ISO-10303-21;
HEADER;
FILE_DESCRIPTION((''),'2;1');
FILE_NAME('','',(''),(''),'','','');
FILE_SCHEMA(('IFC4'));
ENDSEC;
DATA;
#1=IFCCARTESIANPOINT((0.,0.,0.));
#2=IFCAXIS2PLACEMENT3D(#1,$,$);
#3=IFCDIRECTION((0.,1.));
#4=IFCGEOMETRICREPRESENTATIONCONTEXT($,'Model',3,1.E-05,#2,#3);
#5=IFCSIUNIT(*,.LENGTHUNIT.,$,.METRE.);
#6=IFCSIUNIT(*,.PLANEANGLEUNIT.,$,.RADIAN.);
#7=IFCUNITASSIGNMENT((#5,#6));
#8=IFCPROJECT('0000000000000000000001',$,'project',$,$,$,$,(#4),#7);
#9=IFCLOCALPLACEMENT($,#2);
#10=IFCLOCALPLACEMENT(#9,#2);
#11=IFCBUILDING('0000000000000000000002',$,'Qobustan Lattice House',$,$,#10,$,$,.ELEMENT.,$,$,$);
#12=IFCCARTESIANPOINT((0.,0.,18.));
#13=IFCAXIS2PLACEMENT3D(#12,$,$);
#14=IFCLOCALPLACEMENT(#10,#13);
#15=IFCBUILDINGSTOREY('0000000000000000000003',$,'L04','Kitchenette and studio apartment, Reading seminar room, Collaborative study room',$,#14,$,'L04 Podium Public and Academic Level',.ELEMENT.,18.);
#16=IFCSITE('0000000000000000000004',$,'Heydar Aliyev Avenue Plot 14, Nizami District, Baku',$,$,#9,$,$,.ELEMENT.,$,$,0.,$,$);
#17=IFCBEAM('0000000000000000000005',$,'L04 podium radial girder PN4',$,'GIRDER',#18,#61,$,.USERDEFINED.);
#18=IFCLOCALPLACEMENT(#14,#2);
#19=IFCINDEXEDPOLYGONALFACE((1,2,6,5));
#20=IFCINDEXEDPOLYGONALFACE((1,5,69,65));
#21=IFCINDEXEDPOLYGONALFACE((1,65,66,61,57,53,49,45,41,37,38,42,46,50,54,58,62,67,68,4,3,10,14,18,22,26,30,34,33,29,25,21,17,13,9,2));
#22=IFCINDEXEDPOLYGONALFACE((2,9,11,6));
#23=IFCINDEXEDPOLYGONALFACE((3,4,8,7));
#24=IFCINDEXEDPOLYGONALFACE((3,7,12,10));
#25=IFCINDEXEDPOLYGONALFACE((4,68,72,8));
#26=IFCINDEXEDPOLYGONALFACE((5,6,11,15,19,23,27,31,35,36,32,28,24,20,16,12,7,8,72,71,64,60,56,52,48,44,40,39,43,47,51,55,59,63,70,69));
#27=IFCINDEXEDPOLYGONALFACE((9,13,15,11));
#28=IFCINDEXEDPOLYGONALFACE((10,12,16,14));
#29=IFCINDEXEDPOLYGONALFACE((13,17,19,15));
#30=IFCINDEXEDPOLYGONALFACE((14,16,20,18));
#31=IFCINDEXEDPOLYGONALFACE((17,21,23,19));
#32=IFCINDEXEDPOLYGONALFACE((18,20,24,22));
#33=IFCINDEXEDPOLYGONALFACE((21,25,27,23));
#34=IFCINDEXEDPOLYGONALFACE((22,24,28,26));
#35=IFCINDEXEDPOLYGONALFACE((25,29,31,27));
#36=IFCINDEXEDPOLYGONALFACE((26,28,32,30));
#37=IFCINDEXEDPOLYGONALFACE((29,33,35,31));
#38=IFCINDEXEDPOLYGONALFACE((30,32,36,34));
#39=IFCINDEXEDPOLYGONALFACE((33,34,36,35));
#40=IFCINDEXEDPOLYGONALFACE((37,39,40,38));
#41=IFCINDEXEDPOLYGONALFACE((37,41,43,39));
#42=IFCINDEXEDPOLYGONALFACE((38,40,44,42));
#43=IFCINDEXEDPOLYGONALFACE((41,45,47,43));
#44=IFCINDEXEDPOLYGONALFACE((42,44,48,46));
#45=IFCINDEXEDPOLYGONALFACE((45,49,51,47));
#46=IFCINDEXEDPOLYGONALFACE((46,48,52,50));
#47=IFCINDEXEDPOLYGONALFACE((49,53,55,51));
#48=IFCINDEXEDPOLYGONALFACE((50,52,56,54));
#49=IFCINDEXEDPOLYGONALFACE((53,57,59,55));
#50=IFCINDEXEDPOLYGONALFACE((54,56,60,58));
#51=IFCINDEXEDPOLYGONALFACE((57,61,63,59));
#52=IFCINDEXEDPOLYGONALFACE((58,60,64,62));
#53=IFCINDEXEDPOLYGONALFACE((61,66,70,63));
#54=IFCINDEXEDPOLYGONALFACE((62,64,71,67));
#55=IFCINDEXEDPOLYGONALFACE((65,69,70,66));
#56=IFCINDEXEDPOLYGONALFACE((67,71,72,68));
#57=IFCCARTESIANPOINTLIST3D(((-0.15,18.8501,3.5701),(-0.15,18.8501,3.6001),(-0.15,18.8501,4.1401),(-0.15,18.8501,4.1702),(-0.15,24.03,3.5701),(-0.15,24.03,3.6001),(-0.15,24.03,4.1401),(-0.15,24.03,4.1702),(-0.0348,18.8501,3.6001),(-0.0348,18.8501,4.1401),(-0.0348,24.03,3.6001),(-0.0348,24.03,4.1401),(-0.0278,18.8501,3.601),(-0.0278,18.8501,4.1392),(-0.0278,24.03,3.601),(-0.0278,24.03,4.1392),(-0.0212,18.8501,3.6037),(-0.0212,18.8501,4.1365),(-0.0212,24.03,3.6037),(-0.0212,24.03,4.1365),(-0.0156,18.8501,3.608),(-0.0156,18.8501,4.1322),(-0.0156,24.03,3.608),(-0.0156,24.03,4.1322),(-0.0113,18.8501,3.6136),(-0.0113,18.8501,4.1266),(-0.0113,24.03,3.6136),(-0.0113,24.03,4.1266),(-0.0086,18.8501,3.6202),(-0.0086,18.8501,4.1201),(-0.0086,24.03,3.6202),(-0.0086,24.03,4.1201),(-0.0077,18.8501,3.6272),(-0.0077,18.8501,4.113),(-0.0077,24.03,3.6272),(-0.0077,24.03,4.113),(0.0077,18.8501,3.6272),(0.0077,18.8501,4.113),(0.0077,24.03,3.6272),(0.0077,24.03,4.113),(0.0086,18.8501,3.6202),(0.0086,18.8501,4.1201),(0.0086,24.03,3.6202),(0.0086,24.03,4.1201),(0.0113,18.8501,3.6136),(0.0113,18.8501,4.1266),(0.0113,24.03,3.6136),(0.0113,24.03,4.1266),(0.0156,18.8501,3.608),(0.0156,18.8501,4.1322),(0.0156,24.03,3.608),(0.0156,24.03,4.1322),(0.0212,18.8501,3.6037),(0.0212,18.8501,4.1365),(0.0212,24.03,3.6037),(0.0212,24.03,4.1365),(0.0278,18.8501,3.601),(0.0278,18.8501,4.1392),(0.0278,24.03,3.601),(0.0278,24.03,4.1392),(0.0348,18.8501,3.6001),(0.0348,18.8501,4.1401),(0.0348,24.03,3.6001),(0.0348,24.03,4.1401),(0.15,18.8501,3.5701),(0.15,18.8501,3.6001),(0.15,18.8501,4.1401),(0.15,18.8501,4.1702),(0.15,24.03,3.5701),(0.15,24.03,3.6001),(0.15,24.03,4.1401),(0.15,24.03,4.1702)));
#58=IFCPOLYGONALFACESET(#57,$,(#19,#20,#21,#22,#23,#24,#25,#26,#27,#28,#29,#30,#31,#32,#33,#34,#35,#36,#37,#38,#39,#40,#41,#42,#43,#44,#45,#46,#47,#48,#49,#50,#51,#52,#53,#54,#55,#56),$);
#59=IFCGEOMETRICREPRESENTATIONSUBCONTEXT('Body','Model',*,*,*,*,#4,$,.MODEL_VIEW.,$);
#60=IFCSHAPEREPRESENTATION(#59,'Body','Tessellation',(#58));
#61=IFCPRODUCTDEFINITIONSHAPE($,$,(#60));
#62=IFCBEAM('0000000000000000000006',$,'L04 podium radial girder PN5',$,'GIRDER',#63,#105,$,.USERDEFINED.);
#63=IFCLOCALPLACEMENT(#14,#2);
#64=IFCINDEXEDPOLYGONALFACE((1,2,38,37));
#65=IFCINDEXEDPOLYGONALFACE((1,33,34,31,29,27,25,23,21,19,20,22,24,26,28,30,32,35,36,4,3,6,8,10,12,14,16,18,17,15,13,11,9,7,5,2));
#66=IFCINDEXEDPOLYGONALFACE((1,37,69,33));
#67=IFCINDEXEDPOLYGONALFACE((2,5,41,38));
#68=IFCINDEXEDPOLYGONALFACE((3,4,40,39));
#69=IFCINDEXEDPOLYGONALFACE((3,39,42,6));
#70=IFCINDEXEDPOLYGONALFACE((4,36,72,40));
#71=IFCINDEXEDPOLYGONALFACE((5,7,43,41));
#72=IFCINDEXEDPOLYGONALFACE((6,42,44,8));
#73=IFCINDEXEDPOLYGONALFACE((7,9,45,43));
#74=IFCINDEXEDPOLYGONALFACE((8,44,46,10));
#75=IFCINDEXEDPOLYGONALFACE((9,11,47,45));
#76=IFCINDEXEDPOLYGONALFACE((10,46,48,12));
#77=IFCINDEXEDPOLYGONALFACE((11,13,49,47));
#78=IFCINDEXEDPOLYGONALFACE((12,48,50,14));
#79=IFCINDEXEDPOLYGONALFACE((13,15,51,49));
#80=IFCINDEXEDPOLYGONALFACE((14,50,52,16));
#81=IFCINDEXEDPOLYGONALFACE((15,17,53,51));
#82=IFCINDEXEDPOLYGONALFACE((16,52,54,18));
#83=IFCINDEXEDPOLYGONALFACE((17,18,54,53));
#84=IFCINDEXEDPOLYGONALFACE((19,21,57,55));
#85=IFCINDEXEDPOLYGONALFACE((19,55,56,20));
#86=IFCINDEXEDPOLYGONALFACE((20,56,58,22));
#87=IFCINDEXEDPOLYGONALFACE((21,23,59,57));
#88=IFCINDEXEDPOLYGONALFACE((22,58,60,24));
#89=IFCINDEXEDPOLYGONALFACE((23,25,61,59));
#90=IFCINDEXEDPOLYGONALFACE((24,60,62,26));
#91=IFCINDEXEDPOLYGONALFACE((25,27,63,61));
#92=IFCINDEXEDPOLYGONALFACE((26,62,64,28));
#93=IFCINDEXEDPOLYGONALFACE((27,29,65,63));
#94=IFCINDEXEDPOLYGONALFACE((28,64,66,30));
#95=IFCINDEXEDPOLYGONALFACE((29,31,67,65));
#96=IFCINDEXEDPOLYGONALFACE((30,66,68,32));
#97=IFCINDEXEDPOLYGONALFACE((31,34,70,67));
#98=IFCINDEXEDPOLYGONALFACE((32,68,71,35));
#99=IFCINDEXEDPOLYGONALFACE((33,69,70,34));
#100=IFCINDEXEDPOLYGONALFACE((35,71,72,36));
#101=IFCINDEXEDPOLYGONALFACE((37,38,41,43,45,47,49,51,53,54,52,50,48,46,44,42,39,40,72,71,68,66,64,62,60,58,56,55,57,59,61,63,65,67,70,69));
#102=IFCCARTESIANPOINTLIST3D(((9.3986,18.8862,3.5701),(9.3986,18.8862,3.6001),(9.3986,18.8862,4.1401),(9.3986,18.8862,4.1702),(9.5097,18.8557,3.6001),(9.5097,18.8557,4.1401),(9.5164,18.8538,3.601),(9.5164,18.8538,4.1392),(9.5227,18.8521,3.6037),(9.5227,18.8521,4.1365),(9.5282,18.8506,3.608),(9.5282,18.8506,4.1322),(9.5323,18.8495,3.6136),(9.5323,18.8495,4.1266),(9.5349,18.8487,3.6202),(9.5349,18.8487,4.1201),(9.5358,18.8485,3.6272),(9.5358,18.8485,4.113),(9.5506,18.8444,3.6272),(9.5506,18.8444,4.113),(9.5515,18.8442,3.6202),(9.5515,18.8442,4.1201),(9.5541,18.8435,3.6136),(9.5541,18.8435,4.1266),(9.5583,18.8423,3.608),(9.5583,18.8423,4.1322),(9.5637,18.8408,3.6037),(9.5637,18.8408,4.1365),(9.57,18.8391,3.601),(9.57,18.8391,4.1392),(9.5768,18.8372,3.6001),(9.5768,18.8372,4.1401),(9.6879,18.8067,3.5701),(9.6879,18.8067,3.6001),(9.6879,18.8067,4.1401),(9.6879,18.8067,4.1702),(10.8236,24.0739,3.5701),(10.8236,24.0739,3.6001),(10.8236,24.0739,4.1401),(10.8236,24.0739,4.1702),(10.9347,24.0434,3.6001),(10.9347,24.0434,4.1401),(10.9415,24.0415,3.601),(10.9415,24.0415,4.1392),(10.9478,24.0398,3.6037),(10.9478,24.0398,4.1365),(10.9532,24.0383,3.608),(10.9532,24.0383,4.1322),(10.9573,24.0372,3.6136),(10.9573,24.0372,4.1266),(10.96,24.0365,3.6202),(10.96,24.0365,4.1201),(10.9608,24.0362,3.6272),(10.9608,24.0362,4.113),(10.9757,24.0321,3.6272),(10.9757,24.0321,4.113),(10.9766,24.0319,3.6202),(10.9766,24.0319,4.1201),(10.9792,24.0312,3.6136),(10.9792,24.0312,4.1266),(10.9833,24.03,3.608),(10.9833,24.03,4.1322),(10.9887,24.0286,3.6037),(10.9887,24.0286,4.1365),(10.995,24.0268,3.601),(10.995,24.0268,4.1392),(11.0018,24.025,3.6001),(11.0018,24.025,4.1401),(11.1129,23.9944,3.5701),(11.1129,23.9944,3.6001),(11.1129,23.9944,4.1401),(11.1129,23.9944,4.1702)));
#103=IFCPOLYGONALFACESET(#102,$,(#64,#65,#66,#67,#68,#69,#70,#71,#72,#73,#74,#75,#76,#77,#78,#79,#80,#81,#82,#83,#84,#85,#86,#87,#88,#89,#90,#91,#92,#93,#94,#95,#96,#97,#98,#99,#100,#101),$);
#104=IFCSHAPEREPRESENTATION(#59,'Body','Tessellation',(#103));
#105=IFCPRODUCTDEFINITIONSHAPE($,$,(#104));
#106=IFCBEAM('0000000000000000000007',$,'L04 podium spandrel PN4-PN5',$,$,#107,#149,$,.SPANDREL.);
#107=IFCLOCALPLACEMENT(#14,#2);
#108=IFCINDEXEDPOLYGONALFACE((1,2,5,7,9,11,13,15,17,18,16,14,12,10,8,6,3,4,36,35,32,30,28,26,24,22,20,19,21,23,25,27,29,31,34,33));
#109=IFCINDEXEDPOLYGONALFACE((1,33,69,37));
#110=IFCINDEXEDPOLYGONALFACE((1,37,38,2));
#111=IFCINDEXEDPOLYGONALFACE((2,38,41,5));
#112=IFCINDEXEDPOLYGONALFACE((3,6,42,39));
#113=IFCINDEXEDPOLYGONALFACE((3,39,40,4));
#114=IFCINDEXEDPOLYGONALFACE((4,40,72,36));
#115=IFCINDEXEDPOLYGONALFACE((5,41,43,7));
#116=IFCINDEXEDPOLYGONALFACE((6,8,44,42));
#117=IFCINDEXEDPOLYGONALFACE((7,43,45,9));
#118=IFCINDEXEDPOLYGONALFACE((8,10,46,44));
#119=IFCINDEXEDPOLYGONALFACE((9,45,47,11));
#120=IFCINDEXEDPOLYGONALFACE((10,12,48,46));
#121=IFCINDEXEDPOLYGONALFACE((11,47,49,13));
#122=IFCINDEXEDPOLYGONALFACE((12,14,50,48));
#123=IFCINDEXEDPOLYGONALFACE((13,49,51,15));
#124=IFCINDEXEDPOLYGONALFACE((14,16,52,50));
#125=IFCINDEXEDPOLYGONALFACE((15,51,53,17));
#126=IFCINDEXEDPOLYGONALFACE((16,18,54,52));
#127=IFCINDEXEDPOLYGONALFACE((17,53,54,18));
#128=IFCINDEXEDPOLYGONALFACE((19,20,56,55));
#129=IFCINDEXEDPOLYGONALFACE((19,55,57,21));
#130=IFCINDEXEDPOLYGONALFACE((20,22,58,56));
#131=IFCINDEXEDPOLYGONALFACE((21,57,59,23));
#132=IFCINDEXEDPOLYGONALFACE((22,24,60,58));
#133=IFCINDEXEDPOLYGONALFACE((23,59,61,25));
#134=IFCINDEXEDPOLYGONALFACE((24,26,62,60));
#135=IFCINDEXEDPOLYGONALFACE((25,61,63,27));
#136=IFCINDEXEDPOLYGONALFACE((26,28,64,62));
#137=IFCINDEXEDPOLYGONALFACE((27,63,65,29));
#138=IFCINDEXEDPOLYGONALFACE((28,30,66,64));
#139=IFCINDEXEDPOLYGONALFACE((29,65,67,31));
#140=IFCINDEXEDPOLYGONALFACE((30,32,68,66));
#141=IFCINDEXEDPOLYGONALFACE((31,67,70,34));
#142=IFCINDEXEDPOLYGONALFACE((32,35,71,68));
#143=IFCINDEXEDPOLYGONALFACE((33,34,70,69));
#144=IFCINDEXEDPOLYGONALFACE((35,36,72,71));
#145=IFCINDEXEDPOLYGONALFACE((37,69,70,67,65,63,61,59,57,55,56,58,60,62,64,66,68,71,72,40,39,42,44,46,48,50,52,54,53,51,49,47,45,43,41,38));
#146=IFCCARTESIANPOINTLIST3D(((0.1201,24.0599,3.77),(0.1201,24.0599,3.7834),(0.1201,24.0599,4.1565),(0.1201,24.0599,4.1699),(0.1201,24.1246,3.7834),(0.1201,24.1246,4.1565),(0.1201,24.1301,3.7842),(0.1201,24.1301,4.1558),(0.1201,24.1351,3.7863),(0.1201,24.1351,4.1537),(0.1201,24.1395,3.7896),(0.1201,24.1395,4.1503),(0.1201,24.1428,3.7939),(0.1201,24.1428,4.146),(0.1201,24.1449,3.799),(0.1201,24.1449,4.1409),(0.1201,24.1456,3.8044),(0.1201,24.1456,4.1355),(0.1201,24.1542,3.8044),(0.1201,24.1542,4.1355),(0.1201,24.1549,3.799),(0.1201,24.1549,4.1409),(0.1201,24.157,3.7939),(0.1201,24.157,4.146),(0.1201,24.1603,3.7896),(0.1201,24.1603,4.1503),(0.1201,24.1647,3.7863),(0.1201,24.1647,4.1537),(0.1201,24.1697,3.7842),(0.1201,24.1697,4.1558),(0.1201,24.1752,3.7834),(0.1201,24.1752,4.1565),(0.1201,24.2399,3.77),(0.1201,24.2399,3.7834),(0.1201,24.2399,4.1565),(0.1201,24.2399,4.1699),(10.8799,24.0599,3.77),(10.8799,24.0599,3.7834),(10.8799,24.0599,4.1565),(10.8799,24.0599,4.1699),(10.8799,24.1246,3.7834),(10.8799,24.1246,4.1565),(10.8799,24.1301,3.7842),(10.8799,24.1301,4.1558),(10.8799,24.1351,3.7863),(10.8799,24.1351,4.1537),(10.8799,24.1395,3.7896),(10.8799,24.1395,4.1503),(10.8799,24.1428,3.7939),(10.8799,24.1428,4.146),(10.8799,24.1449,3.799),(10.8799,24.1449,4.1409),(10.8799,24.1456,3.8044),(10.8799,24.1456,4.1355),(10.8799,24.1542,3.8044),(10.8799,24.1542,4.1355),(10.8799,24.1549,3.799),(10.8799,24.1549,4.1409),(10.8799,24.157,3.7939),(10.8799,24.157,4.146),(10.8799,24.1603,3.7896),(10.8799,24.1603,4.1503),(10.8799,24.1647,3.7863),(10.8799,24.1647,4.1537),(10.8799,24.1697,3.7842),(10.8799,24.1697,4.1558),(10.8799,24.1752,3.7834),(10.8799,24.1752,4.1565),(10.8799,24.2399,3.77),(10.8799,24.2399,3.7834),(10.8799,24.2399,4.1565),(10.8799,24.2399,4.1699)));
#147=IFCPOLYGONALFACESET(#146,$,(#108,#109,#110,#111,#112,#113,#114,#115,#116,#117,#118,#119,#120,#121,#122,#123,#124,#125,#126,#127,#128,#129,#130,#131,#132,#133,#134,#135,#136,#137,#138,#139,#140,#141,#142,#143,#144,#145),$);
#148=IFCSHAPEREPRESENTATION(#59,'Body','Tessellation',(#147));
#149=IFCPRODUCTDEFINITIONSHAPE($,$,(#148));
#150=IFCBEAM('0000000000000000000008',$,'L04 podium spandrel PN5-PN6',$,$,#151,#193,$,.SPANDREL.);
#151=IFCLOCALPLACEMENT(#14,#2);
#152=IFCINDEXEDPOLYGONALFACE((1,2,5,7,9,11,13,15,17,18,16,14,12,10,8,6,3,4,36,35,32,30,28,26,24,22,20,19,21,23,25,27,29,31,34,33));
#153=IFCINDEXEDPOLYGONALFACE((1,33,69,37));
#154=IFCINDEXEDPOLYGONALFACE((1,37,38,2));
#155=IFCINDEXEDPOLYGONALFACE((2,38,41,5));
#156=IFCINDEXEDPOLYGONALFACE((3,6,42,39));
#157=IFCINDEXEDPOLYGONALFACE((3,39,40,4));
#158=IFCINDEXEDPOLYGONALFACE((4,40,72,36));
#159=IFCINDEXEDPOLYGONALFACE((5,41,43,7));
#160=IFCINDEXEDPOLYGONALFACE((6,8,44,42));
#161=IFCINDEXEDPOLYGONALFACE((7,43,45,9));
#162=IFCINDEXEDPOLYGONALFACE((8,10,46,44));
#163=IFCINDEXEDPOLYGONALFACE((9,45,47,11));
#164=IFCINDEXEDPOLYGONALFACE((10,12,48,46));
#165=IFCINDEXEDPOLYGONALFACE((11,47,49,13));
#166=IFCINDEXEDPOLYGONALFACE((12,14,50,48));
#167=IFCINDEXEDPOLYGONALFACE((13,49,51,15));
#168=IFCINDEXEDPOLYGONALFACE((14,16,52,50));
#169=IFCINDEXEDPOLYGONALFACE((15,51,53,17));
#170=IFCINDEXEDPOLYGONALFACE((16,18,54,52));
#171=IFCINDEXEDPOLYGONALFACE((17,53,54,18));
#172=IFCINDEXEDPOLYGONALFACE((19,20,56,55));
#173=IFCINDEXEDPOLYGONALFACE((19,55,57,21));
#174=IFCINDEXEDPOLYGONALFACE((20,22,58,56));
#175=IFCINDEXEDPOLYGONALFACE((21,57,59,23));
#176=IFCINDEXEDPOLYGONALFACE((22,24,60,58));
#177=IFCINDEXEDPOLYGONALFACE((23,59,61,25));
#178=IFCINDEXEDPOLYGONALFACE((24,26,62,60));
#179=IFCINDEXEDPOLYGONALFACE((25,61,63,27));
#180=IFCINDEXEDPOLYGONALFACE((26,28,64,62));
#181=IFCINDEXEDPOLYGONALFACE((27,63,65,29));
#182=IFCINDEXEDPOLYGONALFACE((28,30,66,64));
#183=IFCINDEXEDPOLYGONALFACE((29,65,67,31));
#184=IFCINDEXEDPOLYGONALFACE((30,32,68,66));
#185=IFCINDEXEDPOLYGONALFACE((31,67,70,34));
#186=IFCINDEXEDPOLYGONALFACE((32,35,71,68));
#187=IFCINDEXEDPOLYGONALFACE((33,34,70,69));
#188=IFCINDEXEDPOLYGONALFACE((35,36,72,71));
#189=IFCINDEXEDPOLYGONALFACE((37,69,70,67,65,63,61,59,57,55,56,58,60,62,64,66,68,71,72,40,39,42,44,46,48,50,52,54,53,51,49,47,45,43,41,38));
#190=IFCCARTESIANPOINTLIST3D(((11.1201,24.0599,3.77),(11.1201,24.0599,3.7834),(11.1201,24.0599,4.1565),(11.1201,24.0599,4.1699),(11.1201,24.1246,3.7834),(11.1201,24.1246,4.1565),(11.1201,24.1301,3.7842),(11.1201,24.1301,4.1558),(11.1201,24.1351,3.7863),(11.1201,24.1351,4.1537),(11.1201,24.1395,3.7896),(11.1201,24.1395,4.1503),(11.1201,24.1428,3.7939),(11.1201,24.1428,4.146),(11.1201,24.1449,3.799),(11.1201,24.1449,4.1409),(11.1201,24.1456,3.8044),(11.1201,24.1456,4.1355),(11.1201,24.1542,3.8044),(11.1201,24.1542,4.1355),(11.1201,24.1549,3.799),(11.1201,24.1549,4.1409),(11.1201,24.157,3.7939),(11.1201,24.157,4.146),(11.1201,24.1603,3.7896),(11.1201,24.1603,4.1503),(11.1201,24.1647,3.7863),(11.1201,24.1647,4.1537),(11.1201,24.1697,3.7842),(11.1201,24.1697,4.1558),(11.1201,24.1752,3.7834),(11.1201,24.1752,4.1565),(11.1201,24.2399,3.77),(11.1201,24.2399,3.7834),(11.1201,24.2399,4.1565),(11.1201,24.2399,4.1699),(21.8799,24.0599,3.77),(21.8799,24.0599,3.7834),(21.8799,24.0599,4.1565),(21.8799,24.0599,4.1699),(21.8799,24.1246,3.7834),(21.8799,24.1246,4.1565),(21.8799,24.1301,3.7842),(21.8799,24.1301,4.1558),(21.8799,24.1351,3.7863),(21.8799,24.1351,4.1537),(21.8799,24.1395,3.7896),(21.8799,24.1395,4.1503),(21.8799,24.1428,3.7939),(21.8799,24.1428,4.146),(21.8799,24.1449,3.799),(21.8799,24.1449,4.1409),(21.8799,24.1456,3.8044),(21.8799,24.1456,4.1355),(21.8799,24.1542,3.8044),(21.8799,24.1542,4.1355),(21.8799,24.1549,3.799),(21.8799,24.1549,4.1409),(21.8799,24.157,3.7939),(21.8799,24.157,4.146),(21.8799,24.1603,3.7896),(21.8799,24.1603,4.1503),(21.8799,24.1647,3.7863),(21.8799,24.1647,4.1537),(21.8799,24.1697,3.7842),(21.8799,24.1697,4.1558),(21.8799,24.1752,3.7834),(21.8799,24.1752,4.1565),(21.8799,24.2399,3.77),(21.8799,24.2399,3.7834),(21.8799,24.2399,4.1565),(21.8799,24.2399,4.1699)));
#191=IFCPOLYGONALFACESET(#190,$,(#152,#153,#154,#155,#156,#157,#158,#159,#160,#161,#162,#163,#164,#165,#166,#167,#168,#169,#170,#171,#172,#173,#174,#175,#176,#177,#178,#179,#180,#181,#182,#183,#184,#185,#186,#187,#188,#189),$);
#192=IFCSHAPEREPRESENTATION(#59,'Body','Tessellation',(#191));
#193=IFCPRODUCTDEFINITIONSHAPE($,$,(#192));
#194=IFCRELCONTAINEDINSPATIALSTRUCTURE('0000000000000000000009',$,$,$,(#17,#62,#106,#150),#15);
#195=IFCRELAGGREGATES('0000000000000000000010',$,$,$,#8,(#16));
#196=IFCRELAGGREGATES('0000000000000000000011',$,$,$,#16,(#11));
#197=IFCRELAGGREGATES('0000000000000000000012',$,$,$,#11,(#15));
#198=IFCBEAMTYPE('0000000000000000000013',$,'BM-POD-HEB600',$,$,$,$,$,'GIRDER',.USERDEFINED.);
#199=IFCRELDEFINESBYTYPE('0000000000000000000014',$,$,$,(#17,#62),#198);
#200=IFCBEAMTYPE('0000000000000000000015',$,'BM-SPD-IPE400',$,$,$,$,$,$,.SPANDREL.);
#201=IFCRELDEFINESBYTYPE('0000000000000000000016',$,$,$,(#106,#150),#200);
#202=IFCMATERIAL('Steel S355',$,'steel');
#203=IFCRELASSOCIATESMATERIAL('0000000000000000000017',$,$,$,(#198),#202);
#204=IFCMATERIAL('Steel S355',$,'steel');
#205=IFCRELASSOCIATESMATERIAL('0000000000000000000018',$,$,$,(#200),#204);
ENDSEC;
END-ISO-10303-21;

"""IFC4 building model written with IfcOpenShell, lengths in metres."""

from ifc_helpers import new_model, si_unit, direction, frame, origin, origin_2d, place, context, subcontext, project, spatial, i_section, extrude, material, material_profile, profile_set, type_object, element, save


model = new_model("IFC4")

# Units and contexts
model_context = context("Model", 3, precision=1e-05, world=origin(), true_north=direction((0.0, 1.0)))
body_context = subcontext(model_context, "Body", "Model", "MODEL_VIEW")
ifc_project = project(units=[si_unit("LENGTHUNIT", "METRE"), si_unit("PLANEANGLEUNIT", "RADIAN")], contexts=[model_context])

# Site, building, storey
site_placement = place(None, origin())
site = spatial("IfcSite", under=ifc_project, at=site_placement, Name="Heydar Aliyev Avenue Plot 14, Nizami District, Baku", CompositionType="ELEMENT", RefElevation=0.0)
building_placement = place(site_placement, origin())
building = spatial("IfcBuilding", under=site, at=building_placement, Name="Qobustan Lattice House", CompositionType="ELEMENT")
storey_placement = place(building_placement, frame((0.0, 0.0, 18.0)))
storey = spatial("IfcBuildingStorey", under=building, at=storey_placement, Name="L04", Description="Kitchenette and studio apartment, Reading seminar room, Collaborative study room", LongName="L04 Podium Public and Academic Level", CompositionType="ELEMENT", Elevation=18.0)

# Beams
ifc_material_1 = material(Name="Steel S355", Category="steel")
ifc_material_profile_1 = material_profile(ifc_material_1, i_section(OverallWidth=0.3, OverallDepth=0.6001, WebThickness=0.0154, FlangeThickness=0.03, FilletRadius=0.0271, at=origin_2d()), Name="HEB600")
ifc_profile_set_1 = profile_set([ifc_material_profile_1], Name="Steel S355")
beam_type_1 = type_object("IfcBeamType", Name="BM-POD-HEB600", ElementType="GIRDER", PredefinedType="USERDEFINED", material=ifc_profile_set_1)
beam_1_placement = place(storey_placement, frame((0.0, 24.03, 3.8701), z_axis=(0.0, -1.0, 0.0), x_axis=(1.0, 0.0, 0.0)))
element("IfcBeam", 1, at=beam_1_placement, inside=storey, type_object=beam_type_1, Name="L04 podium radial girder PN4", ObjectType="GIRDER", PredefinedType="USERDEFINED", context=body_context, shape_type="SweptSolid", body=[
    extrude(i_section(OverallWidth=0.3, OverallDepth=0.6001, WebThickness=0.0154, FlangeThickness=0.03, FilletRadius=0.0271, at=origin_2d()), origin(), (0.0, 0.0, 1.0), 5.1799),
])
beam_2_placement = place(storey_placement, frame((10.9683, 24.0342, 3.8701), z_axis=(-0.264883, -0.96428, 0.0), x_axis=(0.96428, -0.264883, 0.0)))
element("IfcBeam", 2, at=beam_2_placement, inside=storey, type_object=beam_type_1, Name="L04 podium radial girder PN5", ObjectType="GIRDER", PredefinedType="USERDEFINED", context=body_context, shape_type="SweptSolid", body=[
    extrude(i_section(OverallWidth=0.3, OverallDepth=0.6001, WebThickness=0.0154, FlangeThickness=0.03, FilletRadius=0.0271, at=origin_2d()), origin(), (0.0, 0.0, 1.0), 5.3799),
])
ifc_material_2 = material(Name="Steel S355", Category="steel")
ifc_material_profile_2 = material_profile(ifc_material_2, i_section(OverallWidth=0.1799, OverallDepth=0.3999, WebThickness=0.0085, FlangeThickness=0.0134, FilletRadius=0.021, at=origin_2d()), Name="IPE400")
ifc_profile_set_2 = profile_set([ifc_material_profile_2], Name="Steel S355")
beam_type_2 = type_object("IfcBeamType", Name="BM-SPD-IPE400", PredefinedType="SPANDREL", material=ifc_profile_set_2)
for number, where, z_axis, x_axis, name in (
    (3, (0.1201, 24.1499, 3.97), (1.0, 0.0, 0.0), (0.0, 1.0, 0.0), "L04 podium spandrel PN4-PN5"),
    (4, (11.1201, 24.1499, 3.97), (1.0, 0.0, 0.0), (0.0, 1.0, 0.0), "L04 podium spandrel PN5-PN6"),
):
    element("IfcBeam", number, at=place(storey_placement, frame(where, z_axis=z_axis, x_axis=x_axis)), inside=storey, type_object=beam_type_2, Name=name, PredefinedType="SPANDREL", context=body_context, shape_type="SweptSolid", body=[
        extrude(i_section(OverallWidth=0.1799, OverallDepth=0.3999, WebThickness=0.0085, FlangeThickness=0.0134, FilletRadius=0.021, at=origin_2d()), origin(), (0.0, 0.0, 1.0), 10.7598),
    ])

save(model, "model.ifc")
